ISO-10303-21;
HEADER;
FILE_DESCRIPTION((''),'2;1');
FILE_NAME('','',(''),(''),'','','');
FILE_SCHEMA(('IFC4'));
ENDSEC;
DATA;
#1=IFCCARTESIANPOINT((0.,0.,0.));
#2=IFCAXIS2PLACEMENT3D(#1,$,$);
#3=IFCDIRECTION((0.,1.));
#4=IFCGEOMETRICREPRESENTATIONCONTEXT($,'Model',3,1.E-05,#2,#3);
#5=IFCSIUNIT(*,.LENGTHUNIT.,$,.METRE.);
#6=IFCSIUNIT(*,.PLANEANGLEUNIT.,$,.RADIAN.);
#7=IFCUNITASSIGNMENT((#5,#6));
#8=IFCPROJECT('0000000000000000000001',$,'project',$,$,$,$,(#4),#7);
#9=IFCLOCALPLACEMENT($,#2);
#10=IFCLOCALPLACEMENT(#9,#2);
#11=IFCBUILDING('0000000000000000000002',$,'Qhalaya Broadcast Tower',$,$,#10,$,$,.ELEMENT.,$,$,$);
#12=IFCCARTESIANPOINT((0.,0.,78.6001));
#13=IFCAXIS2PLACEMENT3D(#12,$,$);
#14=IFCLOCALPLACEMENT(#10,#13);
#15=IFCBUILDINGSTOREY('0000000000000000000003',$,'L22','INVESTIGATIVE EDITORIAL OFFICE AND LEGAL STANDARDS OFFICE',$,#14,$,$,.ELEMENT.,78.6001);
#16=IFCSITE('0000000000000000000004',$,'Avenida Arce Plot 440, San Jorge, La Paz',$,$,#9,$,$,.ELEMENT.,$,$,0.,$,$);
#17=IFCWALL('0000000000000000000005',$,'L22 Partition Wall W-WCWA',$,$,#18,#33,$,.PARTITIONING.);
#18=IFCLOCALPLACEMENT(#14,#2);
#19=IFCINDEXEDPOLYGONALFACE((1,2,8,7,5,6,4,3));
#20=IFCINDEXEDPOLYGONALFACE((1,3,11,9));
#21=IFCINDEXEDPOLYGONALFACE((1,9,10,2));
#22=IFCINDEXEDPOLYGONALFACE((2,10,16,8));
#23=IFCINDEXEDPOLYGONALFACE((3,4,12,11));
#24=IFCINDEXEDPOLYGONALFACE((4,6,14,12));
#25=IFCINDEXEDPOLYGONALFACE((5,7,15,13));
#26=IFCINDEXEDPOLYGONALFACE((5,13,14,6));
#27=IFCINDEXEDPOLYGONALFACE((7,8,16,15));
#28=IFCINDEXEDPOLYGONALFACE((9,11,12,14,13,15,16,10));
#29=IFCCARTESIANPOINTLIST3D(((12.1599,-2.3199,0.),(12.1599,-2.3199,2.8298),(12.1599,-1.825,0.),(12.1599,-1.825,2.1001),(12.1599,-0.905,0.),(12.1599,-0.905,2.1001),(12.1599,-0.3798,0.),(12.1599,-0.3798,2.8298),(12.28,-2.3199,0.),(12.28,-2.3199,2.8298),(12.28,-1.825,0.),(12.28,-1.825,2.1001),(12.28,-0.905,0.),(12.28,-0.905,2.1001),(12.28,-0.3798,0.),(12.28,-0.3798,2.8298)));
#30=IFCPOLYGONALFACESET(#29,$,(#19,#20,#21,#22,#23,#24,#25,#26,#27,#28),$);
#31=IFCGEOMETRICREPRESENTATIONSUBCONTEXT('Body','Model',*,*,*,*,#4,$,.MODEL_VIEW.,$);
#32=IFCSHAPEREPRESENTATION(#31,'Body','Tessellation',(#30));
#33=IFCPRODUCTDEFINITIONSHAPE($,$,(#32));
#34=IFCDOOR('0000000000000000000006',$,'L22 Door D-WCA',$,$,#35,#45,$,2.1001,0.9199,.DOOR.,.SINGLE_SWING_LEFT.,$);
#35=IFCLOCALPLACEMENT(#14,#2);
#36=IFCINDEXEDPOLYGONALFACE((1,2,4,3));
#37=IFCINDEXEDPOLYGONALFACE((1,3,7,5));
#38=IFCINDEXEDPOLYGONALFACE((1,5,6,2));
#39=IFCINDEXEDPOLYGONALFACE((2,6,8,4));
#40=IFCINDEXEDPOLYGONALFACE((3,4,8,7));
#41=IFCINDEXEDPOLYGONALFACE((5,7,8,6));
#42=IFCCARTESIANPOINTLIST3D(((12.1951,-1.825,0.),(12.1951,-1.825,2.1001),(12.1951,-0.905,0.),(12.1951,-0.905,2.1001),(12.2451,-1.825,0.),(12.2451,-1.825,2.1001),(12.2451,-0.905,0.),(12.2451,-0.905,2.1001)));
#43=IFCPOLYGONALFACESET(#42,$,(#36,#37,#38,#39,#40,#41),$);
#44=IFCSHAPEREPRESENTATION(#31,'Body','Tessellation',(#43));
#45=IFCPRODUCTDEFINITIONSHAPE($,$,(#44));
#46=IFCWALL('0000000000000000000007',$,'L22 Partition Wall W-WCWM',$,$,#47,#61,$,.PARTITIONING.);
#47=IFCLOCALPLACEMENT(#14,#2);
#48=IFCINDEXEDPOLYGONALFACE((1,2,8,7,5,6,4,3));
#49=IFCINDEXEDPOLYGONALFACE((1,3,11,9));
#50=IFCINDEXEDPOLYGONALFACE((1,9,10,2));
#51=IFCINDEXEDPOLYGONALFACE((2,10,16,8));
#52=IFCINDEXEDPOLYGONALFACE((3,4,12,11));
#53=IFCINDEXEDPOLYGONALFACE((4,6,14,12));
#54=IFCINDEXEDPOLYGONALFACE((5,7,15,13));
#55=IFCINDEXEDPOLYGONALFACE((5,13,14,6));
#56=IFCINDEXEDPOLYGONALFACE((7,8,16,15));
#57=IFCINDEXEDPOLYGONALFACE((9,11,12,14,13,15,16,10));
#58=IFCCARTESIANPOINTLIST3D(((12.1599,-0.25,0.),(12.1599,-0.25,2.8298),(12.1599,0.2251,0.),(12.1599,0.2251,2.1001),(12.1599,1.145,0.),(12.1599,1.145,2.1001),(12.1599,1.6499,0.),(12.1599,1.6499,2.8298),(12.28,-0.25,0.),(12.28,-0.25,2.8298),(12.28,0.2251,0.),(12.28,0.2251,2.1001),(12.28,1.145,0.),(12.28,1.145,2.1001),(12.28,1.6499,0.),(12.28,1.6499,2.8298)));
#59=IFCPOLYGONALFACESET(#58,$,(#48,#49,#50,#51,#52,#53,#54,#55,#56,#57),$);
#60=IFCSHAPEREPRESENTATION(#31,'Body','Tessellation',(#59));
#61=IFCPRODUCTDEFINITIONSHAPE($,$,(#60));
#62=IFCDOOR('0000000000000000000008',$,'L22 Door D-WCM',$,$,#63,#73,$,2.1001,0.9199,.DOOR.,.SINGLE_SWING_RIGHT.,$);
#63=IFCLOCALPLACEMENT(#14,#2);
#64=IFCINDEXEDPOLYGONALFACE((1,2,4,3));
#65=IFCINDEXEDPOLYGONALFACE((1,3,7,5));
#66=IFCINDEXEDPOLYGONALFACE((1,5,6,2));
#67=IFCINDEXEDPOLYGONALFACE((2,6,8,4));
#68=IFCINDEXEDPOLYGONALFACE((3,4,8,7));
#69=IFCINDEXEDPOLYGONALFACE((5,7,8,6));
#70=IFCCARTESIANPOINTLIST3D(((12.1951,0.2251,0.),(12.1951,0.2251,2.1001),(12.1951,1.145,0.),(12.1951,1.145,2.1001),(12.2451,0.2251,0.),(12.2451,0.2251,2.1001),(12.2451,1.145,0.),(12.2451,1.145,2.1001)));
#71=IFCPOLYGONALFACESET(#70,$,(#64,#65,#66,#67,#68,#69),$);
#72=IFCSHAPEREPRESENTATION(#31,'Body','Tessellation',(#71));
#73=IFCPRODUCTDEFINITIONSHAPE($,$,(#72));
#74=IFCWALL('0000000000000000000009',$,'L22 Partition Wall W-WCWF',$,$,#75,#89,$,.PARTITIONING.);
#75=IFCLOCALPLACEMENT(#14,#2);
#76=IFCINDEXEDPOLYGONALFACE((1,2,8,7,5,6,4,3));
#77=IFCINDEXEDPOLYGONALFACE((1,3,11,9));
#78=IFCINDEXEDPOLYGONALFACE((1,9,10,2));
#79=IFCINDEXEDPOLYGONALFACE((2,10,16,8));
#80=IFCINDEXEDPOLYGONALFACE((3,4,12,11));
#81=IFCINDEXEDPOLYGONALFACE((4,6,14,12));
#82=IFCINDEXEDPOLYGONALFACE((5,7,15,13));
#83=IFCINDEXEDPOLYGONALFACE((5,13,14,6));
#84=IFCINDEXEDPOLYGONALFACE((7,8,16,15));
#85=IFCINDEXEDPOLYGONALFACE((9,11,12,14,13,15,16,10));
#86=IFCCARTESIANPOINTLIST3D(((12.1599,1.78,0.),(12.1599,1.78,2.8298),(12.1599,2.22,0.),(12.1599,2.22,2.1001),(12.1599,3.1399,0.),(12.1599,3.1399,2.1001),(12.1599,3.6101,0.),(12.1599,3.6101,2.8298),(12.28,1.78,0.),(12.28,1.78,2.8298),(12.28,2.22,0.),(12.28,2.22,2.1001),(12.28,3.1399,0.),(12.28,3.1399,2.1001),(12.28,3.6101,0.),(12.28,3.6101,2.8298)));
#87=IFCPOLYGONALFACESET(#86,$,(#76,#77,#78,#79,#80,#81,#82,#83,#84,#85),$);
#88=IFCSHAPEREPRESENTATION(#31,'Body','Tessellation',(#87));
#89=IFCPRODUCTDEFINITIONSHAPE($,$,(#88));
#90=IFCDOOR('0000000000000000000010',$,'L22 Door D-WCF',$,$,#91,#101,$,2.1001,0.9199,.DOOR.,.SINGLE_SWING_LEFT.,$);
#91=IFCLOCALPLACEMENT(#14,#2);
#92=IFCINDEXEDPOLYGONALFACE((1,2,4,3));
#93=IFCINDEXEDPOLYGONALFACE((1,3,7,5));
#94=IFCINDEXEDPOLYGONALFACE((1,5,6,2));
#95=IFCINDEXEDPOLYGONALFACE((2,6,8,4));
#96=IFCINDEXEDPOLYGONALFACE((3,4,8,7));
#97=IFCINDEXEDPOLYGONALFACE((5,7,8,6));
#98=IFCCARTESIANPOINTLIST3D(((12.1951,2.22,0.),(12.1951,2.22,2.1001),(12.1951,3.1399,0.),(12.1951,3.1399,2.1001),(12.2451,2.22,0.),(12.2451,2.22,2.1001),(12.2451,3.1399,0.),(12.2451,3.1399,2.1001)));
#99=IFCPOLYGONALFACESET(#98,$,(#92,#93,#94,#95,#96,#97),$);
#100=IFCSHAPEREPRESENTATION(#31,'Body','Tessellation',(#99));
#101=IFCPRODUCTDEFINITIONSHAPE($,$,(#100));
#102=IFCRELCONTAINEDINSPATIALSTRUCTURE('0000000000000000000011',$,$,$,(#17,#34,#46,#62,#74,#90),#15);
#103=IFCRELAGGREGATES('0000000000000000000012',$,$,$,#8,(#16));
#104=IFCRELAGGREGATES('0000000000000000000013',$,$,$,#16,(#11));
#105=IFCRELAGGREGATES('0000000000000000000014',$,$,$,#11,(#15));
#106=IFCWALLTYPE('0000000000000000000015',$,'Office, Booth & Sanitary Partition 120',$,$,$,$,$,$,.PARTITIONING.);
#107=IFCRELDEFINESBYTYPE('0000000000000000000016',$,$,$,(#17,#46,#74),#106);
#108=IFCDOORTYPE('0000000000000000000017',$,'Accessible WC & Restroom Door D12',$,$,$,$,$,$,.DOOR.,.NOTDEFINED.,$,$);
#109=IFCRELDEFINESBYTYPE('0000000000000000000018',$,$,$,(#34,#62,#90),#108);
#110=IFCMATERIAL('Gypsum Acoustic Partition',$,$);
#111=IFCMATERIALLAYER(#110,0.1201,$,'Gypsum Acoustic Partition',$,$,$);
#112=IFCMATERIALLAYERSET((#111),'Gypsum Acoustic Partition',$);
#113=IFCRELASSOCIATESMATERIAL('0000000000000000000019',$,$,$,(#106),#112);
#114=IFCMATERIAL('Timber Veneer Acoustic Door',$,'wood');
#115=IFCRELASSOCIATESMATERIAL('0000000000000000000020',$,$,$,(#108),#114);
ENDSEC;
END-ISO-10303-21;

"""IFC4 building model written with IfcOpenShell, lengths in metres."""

from ifc_helpers import new_model, si_unit, direction, frame, frame_2d, origin, place, context, subcontext, project, spatial, rectangle, extrude, material, layer, layer_set, type_object, element, fill, save


model = new_model("IFC4")

# Units and contexts
model_context = context("Model", 3, precision=1e-05, world=origin(), true_north=direction((0.0, 1.0)))
body_context = subcontext(model_context, "Body", "Model", "MODEL_VIEW")
ifc_project = project(units=[si_unit("LENGTHUNIT", "METRE"), si_unit("PLANEANGLEUNIT", "RADIAN")], contexts=[model_context])

# Site, building, storey
site_placement = place(None, origin())
site = spatial("IfcSite", under=ifc_project, at=site_placement, Name="Avenida Arce Plot 440, San Jorge, La Paz", CompositionType="ELEMENT", RefElevation=0.0)
building_placement = place(site_placement, origin())
building = spatial("IfcBuilding", under=site, at=building_placement, Name="Qhalaya Broadcast Tower", CompositionType="ELEMENT")
storey_placement = place(building_placement, frame((0.0, 0.0, 78.6001)))
storey = spatial("IfcBuildingStorey", under=building, at=storey_placement, Name="L22", Description="INVESTIGATIVE EDITORIAL OFFICE AND LEGAL STANDARDS OFFICE", CompositionType="ELEMENT", Elevation=78.6001)

# Shared definitions
ifc_material_1 = material(Name="Gypsum Acoustic Partition")
ifc_material_2 = material(Name="Timber Veneer Acoustic Door", Category="wood")

# Shared definitions
ifc_layer_1 = layer(ifc_material_1, 0.1201, Name="Gypsum Acoustic Partition")
ifc_layer_set_1 = layer_set([ifc_layer_1], Name="Gypsum Acoustic Partition")
wall_type_1 = type_object("IfcWallType", Name="Office, Booth & Sanitary Partition 120", PredefinedType="PARTITIONING", material=ifc_layer_set_1)

# Walls, openings, doors
wall_1_placement = place(storey_placement, frame((12.22, -2.3201, 0.0), z_axis=(0.0, 0.0, 1.0), x_axis=(0.0, 1.0, 0.0)))
wall_1 = element("IfcWall", 1, at=wall_1_placement, inside=storey, type_object=wall_type_1, Name="L22 Partition Wall W-WCWA", PredefinedType="PARTITIONING", context=body_context, shape_type="SweptSolid", body=[
    extrude(rectangle(XDim=1.9402, YDim=0.1201, at=frame_2d((0.9702, 0.0))), origin(), (0.0, 0.0, 1.0), 2.8298),
])
opening_1_placement = place(wall_1_placement, frame((0.4951, 0.0, 0.0)))
opening_1 = element("IfcOpeningElement", 2, at=opening_1_placement, cuts=wall_1, PredefinedType="OPENING", context=body_context, shape_type="SweptSolid", body=[
    extrude(rectangle(XDim=0.9199, YDim=2.1001, at=frame_2d((0.46, 1.05))), frame((0.0, 0.072, 0.0), z_axis=(0.0, -1.0, 0.0), x_axis=(1.0, 0.0, 0.0)), (0.0, 0.0, 1.0), 0.144),
])
door_type_1 = type_object("IfcDoorType", Name="Accessible WC & Restroom Door D12", OperationType="NOTDEFINED", PredefinedType="DOOR", material=ifc_material_2)
door_1_placement = place(opening_1_placement, origin())
door_1 = element("IfcDoor", 3, at=door_1_placement, inside=storey, type_object=door_type_1, Name="L22 Door D-WCA", OperationType="SINGLE_SWING_LEFT", OverallHeight=2.1001, OverallWidth=0.9199, PredefinedType="DOOR", context=body_context, shape_type="SweptSolid", body=[
    extrude(rectangle(XDim=0.9199, YDim=2.1001, at=frame_2d((0.46, 1.05))), frame((0.0, 0.0249, 0.0), z_axis=(0.0, -1.0, 0.0), x_axis=(1.0, 0.0, 0.0)), (0.0, 0.0, 1.0), 0.05),
])
fill(opening_1, door_1)
wall_2_placement = place(storey_placement, frame((12.22, -0.25, 0.0), z_axis=(0.0, 0.0, 1.0), x_axis=(0.0, 1.0, 0.0)))
wall_2 = element("IfcWall", 4, at=wall_2_placement, inside=storey, type_object=wall_type_1, Name="L22 Partition Wall W-WCWM", PredefinedType="PARTITIONING", context=body_context, shape_type="SweptSolid", body=[
    extrude(rectangle(XDim=1.8999, YDim=0.1201, at=frame_2d((0.95, 0.0))), origin(), (0.0, 0.0, 1.0), 2.8298),
])
opening_2_placement = place(wall_2_placement, frame((0.4751, 0.0, 0.0)))
opening_2 = element("IfcOpeningElement", 5, at=opening_2_placement, cuts=wall_2, PredefinedType="OPENING", context=body_context, shape_type="SweptSolid", body=[
    extrude(rectangle(XDim=0.9199, YDim=2.1001, at=frame_2d((0.46, 1.05))), frame((0.0, 0.072, 0.0), z_axis=(0.0, -1.0, 0.0), x_axis=(1.0, 0.0, 0.0)), (0.0, 0.0, 1.0), 0.144),
])
door_2_placement = place(opening_2_placement, origin())
door_2 = element("IfcDoor", 6, at=door_2_placement, inside=storey, type_object=door_type_1, Name="L22 Door D-WCM", OperationType="SINGLE_SWING_RIGHT", OverallHeight=2.1001, OverallWidth=0.9199, PredefinedType="DOOR", context=body_context, shape_type="SweptSolid", body=[
    extrude(rectangle(XDim=0.9199, YDim=2.1001, at=frame_2d((0.46, 1.05))), frame((0.0, 0.0249, 0.0), z_axis=(0.0, -1.0, 0.0), x_axis=(1.0, 0.0, 0.0)), (0.0, 0.0, 1.0), 0.05),
])
fill(opening_2, door_2)
wall_3_placement = place(storey_placement, frame((12.22, 1.78, 0.0), z_axis=(0.0, 0.0, 1.0), x_axis=(0.0, 1.0, 0.0)))
wall_3 = element("IfcWall", 7, at=wall_3_placement, inside=storey, type_object=wall_type_1, Name="L22 Partition Wall W-WCWF", PredefinedType="PARTITIONING", context=body_context, shape_type="SweptSolid", body=[
    extrude(rectangle(XDim=1.8301, YDim=0.1201, at=frame_2d((0.915, 0.0))), origin(), (0.0, 0.0, 1.0), 2.8298),
])
opening_3_placement = place(wall_3_placement, frame((0.4399, 0.0, 0.0)))
opening_3 = element("IfcOpeningElement", 8, at=opening_3_placement, cuts=wall_3, PredefinedType="OPENING", context=body_context, shape_type="SweptSolid", body=[
    extrude(rectangle(XDim=0.9199, YDim=2.1001, at=frame_2d((0.46, 1.05))), frame((0.0, 0.072, 0.0), z_axis=(0.0, -1.0, 0.0), x_axis=(1.0, 0.0, 0.0)), (0.0, 0.0, 1.0), 0.144),
])
door_3_placement = place(opening_3_placement, origin())
door_3 = element("IfcDoor", 9, at=door_3_placement, inside=storey, type_object=door_type_1, Name="L22 Door D-WCF", OperationType="SINGLE_SWING_LEFT", OverallHeight=2.1001, OverallWidth=0.9199, PredefinedType="DOOR", context=body_context, shape_type="SweptSolid", body=[
    extrude(rectangle(XDim=0.9199, YDim=2.1001, at=frame_2d((0.46, 1.05))), frame((0.0, 0.0249, 0.0), z_axis=(0.0, -1.0, 0.0), x_axis=(1.0, 0.0, 0.0)), (0.0, 0.0, 1.0), 0.05),
])
fill(opening_3, door_3)

save(model, "model.ifc")
